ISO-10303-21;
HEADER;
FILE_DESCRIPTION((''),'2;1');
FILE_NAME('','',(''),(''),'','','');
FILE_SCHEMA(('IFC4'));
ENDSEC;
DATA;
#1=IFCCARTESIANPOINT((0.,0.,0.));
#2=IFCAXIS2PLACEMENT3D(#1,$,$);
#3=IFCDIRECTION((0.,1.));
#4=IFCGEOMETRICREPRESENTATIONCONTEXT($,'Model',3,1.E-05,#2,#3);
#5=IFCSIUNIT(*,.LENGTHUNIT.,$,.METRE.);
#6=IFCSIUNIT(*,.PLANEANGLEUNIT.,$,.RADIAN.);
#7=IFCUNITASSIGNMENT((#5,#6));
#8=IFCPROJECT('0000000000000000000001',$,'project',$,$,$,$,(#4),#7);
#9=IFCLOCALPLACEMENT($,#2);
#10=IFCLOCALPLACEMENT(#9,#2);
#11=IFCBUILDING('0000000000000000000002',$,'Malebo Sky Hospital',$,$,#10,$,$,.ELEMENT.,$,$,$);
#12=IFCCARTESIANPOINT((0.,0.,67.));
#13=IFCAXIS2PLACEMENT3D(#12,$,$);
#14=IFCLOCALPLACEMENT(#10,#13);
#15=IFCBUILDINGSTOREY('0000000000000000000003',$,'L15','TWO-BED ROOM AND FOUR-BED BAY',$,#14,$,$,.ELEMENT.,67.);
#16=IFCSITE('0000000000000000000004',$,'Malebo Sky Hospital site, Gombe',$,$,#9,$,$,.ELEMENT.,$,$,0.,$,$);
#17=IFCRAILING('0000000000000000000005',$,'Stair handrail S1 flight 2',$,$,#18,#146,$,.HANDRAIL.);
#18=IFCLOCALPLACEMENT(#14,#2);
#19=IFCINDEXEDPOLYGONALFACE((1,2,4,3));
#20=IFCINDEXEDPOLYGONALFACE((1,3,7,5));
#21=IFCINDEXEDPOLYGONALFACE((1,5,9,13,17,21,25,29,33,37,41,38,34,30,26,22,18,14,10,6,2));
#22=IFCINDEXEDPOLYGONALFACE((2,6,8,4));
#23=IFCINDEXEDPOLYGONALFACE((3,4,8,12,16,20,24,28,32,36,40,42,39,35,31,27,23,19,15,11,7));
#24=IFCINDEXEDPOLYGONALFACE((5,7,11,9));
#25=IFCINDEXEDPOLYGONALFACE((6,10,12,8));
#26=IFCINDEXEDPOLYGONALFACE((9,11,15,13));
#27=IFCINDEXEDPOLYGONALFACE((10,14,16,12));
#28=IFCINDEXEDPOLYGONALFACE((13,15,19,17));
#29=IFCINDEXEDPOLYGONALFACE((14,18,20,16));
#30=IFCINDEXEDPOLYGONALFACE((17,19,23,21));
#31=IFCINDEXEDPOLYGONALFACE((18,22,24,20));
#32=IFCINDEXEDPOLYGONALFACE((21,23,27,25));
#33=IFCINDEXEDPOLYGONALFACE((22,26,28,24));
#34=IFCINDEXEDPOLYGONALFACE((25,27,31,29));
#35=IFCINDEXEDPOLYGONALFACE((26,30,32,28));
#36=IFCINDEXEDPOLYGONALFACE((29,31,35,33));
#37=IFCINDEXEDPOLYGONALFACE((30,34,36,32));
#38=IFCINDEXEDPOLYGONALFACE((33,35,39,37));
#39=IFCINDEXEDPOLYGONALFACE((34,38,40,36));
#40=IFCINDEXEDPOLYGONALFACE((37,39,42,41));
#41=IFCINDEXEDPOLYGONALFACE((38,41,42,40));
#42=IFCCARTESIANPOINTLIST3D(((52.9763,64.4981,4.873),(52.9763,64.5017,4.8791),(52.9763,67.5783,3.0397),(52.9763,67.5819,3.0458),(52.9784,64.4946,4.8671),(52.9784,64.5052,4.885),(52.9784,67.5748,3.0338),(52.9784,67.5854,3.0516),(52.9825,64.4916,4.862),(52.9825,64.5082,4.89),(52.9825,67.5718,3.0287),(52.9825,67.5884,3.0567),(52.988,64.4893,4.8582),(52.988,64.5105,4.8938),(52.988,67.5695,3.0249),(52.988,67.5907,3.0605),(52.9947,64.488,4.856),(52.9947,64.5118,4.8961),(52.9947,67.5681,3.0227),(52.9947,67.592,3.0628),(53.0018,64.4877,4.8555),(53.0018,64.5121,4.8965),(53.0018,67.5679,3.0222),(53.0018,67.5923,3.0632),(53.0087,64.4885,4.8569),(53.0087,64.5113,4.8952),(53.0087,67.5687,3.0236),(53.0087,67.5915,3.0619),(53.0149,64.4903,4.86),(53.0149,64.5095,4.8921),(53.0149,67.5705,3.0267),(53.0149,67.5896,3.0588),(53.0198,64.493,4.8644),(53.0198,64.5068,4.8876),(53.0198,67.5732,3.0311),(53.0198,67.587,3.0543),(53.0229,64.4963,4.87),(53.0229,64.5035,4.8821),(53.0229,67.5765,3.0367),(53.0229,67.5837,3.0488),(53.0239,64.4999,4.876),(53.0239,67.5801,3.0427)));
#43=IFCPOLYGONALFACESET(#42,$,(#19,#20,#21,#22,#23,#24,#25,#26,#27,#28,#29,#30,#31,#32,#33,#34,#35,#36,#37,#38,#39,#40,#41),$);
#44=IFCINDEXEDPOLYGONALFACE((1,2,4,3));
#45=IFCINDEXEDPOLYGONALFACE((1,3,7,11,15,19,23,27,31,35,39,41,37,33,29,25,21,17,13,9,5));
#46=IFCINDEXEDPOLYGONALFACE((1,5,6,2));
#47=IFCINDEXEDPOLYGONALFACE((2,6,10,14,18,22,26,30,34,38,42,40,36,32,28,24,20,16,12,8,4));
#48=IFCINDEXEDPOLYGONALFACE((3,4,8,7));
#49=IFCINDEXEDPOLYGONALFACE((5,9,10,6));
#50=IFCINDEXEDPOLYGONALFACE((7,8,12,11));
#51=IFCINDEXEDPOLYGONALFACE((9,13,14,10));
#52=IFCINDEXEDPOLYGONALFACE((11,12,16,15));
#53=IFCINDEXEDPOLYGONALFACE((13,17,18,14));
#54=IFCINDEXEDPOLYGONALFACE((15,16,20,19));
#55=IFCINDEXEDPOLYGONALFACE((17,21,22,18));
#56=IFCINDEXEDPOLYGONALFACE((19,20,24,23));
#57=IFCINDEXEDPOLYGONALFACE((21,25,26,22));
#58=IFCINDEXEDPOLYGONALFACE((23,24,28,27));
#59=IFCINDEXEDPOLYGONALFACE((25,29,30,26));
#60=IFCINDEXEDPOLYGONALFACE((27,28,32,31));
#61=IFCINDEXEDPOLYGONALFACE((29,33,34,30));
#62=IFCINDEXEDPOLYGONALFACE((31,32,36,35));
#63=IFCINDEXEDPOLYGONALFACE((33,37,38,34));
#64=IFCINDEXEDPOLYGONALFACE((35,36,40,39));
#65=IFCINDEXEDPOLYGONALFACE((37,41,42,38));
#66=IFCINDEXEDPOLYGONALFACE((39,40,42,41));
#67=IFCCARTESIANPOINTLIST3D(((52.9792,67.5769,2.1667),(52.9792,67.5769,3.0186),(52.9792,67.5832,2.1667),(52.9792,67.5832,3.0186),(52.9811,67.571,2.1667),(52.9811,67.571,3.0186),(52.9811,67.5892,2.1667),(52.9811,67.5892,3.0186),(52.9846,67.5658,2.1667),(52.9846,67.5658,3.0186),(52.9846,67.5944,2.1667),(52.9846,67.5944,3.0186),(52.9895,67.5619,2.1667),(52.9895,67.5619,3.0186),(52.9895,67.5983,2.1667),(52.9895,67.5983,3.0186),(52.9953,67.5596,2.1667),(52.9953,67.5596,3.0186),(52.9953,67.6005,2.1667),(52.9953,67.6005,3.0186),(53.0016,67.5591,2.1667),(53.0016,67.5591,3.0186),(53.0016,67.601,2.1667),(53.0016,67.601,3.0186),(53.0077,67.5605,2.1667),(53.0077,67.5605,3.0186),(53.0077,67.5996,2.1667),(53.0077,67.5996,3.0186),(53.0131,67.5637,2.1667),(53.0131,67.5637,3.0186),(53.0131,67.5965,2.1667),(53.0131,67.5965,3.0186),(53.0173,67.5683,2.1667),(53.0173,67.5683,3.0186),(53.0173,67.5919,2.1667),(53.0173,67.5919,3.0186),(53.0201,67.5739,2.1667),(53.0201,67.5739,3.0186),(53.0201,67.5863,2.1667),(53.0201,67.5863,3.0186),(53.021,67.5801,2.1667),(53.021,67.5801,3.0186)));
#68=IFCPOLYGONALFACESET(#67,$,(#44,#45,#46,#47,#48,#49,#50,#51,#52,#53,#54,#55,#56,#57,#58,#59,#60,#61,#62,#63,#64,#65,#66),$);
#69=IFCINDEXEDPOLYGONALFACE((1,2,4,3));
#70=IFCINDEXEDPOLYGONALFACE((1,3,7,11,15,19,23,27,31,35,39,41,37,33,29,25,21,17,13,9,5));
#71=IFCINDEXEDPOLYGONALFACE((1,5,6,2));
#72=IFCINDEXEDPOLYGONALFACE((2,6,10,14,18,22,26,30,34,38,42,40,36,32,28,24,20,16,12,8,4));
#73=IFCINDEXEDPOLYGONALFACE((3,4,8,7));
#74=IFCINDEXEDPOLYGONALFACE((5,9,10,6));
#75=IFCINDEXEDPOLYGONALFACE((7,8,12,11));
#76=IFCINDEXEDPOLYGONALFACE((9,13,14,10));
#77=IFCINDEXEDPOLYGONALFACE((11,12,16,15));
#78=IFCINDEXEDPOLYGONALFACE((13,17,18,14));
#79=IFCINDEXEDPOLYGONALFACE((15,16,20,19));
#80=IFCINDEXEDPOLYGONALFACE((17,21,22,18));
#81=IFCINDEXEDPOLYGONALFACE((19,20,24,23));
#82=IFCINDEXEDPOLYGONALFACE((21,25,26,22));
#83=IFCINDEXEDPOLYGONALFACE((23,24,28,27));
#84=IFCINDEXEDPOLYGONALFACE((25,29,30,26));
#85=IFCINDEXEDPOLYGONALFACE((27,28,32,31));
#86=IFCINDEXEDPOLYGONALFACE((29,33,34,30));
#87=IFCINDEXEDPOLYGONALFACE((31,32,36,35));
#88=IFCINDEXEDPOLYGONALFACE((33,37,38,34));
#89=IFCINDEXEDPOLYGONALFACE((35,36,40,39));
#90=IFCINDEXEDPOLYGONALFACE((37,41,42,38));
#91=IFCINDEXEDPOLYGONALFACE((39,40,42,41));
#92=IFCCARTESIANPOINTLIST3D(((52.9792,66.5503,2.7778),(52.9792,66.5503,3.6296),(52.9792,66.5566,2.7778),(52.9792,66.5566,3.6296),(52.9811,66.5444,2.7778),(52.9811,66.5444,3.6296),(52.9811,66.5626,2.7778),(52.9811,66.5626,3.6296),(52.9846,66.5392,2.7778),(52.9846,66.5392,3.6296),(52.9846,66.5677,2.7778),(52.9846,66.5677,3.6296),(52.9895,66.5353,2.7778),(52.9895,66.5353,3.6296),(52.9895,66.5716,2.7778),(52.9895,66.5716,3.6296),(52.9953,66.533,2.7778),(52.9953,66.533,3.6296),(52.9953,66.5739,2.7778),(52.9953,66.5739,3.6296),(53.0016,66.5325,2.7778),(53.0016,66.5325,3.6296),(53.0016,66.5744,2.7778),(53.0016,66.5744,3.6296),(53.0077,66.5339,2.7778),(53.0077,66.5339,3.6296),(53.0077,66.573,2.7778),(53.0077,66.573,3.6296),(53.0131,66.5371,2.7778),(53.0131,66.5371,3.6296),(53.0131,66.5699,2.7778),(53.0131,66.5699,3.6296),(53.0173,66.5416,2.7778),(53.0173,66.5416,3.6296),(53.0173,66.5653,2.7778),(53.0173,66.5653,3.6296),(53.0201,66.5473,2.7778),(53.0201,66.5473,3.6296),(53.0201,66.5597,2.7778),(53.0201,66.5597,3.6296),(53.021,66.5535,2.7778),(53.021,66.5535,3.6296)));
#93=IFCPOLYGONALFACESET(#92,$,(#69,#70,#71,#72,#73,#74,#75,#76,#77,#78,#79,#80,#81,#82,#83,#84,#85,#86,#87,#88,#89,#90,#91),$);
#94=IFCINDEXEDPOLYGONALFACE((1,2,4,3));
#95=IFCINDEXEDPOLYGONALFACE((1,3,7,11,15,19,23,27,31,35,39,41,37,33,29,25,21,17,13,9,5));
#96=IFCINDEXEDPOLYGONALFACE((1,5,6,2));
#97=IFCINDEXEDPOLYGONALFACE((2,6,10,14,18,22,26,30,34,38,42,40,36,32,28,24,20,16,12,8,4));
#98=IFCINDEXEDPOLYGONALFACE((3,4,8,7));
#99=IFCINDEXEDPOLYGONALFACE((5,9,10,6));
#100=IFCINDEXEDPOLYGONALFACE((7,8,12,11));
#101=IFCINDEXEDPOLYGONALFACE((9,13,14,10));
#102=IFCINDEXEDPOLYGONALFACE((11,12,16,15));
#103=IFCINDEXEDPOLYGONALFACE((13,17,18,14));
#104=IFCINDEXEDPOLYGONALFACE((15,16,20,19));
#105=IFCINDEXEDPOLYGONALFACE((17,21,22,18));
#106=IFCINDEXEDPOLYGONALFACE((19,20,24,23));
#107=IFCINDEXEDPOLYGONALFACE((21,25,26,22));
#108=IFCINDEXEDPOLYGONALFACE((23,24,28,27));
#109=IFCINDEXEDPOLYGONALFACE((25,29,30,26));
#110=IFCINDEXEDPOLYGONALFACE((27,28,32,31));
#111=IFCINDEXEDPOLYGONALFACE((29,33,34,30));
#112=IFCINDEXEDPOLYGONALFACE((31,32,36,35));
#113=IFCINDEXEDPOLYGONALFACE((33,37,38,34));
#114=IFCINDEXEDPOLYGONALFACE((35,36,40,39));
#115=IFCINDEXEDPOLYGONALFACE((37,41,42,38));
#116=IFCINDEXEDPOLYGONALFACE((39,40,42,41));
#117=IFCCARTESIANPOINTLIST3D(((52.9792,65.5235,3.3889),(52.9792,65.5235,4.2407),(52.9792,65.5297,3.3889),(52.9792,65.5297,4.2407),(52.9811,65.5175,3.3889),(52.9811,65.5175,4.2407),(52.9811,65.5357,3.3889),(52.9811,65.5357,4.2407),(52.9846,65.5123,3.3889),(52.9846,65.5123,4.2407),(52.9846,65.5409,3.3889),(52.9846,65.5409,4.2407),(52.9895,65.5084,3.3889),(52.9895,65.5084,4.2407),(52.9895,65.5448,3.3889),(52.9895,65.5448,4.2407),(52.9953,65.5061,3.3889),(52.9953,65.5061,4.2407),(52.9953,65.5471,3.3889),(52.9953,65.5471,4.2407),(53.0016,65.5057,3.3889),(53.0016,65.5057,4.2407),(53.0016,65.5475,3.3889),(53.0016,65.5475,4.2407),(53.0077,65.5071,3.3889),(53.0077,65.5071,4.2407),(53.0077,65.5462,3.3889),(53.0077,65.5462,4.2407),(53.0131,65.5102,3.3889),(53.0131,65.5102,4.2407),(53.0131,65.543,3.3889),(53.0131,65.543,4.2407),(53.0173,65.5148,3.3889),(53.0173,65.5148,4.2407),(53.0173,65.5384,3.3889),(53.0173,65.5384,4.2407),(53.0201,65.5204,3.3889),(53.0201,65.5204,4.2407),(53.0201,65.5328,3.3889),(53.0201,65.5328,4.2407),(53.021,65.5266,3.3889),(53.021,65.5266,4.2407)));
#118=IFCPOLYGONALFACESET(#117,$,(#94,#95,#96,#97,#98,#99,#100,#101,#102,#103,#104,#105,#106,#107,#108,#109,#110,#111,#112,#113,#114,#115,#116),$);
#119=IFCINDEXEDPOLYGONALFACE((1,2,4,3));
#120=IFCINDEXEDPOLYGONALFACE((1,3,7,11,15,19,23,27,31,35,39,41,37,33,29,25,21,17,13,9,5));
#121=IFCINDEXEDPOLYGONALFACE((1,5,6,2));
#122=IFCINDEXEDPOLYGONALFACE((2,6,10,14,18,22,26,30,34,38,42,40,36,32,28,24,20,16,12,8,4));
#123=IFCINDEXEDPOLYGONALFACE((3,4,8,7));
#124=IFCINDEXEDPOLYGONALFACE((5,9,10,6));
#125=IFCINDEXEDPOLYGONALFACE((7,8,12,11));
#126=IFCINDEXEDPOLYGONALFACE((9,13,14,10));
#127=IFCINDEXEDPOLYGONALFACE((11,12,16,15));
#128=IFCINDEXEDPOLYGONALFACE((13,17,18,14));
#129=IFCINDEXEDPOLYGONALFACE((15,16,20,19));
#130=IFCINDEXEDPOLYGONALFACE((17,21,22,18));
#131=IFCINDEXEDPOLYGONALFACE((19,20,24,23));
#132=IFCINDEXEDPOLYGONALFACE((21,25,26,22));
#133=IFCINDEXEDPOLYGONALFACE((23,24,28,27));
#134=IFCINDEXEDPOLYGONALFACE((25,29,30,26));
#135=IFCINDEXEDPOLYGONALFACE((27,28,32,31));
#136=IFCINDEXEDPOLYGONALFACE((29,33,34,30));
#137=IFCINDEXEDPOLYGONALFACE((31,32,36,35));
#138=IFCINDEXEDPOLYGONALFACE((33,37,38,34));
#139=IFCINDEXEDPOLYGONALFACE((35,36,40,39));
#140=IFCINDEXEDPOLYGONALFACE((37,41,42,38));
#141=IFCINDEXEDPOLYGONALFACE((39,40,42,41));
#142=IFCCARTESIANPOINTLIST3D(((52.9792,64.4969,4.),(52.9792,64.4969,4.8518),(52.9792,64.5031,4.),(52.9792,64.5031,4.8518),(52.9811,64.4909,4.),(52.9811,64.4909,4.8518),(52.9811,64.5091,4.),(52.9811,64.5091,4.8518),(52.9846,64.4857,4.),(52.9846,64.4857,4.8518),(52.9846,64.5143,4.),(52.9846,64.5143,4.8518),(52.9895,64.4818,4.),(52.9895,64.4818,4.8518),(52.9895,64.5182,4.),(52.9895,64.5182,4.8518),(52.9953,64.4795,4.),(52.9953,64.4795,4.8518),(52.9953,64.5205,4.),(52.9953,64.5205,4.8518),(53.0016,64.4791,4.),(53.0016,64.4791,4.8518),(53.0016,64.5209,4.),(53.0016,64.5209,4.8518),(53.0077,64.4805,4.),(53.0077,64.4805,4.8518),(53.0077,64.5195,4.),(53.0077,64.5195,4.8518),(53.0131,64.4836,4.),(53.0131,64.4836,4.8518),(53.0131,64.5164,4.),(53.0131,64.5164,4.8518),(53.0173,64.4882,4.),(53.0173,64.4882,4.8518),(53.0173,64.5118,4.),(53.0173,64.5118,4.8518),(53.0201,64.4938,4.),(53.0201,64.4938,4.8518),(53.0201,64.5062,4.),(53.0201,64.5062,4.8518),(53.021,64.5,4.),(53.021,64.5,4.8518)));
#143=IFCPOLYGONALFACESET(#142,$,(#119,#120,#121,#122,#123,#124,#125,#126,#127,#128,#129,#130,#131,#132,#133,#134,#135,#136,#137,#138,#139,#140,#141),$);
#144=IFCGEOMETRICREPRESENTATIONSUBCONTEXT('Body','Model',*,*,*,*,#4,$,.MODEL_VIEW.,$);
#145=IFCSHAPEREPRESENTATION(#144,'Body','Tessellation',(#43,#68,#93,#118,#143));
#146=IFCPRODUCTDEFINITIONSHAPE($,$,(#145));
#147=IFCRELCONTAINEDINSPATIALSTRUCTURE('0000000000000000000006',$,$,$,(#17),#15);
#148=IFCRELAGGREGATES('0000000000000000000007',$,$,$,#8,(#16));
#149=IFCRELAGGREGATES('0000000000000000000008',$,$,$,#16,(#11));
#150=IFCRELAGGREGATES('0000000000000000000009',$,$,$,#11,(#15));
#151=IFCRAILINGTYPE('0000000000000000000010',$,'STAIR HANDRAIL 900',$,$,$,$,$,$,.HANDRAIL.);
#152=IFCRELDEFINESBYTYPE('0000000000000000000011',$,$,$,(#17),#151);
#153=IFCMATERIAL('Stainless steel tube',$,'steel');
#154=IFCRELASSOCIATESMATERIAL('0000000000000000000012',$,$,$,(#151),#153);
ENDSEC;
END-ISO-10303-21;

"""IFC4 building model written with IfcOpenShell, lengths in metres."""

from ifc_helpers import new_model, si_unit, direction, frame, origin, origin_2d, place, context, subcontext, project, spatial, circle, extrude, material, type_object, element, save


model = new_model("IFC4")

# Units and contexts
model_context = context("Model", 3, precision=1e-05, world=origin(), true_north=direction((0.0, 1.0)))
body_context = subcontext(model_context, "Body", "Model", "MODEL_VIEW")
ifc_project = project(units=[si_unit("LENGTHUNIT", "METRE"), si_unit("PLANEANGLEUNIT", "RADIAN")], contexts=[model_context])

# Site, building, storey
site_placement = place(None, origin())
site = spatial("IfcSite", under=ifc_project, at=site_placement, Name="Malebo Sky Hospital site, Gombe", CompositionType="ELEMENT", RefElevation=0.0)
building_placement = place(site_placement, origin())
building = spatial("IfcBuilding", under=site, at=building_placement, Name="Malebo Sky Hospital", CompositionType="ELEMENT")
storey_placement = place(building_placement, frame((0.0, 0.0, 67.0)))
storey = spatial("IfcBuildingStorey", under=building, at=storey_placement, Name="L15", Description="TWO-BED ROOM AND FOUR-BED BAY", CompositionType="ELEMENT", Elevation=67.0)

# Railing
ifc_material_1 = material(Name="Stainless steel tube", Category="steel")
railing_type = type_object("IfcRailingType", Name="STAIR HANDRAIL 900", PredefinedType="HANDRAIL", material=ifc_material_1)
railing_1_placement = place(storey_placement, frame((53.0, 67.5801, 2.1667)))
element("IfcRailing", 1, at=railing_1_placement, inside=storey, type_object=railing_type, Name="Stair handrail S1 flight 2", PredefinedType="HANDRAIL", context=body_context, shape_type="SweptSolid", body=[
    extrude(circle(Radius=0.0239, at=origin_2d()), frame((0.0, 0.0, 0.876), z_axis=(0.0, -0.859309, 0.511458), x_axis=(1.0, 0.0, 0.0)), (0.0, 0.0, 1.0), 3.5845),
    extrude(circle(Radius=0.021, at=origin_2d()), origin(), (0.0, 0.0, 1.0), 0.8518),
    extrude(circle(Radius=0.021, at=origin_2d()), frame((0.0, -1.0266, 0.6111)), (0.0, 0.0, 1.0), 0.8518),
    extrude(circle(Radius=0.021, at=origin_2d()), frame((0.0, -2.0535, 1.2222)), (0.0, 0.0, 1.0), 0.8518),
    extrude(circle(Radius=0.021, at=origin_2d()), frame((0.0, -3.0801, 1.8333)), (0.0, 0.0, 1.0), 0.8518),
])

save(model, "model.ifc")
